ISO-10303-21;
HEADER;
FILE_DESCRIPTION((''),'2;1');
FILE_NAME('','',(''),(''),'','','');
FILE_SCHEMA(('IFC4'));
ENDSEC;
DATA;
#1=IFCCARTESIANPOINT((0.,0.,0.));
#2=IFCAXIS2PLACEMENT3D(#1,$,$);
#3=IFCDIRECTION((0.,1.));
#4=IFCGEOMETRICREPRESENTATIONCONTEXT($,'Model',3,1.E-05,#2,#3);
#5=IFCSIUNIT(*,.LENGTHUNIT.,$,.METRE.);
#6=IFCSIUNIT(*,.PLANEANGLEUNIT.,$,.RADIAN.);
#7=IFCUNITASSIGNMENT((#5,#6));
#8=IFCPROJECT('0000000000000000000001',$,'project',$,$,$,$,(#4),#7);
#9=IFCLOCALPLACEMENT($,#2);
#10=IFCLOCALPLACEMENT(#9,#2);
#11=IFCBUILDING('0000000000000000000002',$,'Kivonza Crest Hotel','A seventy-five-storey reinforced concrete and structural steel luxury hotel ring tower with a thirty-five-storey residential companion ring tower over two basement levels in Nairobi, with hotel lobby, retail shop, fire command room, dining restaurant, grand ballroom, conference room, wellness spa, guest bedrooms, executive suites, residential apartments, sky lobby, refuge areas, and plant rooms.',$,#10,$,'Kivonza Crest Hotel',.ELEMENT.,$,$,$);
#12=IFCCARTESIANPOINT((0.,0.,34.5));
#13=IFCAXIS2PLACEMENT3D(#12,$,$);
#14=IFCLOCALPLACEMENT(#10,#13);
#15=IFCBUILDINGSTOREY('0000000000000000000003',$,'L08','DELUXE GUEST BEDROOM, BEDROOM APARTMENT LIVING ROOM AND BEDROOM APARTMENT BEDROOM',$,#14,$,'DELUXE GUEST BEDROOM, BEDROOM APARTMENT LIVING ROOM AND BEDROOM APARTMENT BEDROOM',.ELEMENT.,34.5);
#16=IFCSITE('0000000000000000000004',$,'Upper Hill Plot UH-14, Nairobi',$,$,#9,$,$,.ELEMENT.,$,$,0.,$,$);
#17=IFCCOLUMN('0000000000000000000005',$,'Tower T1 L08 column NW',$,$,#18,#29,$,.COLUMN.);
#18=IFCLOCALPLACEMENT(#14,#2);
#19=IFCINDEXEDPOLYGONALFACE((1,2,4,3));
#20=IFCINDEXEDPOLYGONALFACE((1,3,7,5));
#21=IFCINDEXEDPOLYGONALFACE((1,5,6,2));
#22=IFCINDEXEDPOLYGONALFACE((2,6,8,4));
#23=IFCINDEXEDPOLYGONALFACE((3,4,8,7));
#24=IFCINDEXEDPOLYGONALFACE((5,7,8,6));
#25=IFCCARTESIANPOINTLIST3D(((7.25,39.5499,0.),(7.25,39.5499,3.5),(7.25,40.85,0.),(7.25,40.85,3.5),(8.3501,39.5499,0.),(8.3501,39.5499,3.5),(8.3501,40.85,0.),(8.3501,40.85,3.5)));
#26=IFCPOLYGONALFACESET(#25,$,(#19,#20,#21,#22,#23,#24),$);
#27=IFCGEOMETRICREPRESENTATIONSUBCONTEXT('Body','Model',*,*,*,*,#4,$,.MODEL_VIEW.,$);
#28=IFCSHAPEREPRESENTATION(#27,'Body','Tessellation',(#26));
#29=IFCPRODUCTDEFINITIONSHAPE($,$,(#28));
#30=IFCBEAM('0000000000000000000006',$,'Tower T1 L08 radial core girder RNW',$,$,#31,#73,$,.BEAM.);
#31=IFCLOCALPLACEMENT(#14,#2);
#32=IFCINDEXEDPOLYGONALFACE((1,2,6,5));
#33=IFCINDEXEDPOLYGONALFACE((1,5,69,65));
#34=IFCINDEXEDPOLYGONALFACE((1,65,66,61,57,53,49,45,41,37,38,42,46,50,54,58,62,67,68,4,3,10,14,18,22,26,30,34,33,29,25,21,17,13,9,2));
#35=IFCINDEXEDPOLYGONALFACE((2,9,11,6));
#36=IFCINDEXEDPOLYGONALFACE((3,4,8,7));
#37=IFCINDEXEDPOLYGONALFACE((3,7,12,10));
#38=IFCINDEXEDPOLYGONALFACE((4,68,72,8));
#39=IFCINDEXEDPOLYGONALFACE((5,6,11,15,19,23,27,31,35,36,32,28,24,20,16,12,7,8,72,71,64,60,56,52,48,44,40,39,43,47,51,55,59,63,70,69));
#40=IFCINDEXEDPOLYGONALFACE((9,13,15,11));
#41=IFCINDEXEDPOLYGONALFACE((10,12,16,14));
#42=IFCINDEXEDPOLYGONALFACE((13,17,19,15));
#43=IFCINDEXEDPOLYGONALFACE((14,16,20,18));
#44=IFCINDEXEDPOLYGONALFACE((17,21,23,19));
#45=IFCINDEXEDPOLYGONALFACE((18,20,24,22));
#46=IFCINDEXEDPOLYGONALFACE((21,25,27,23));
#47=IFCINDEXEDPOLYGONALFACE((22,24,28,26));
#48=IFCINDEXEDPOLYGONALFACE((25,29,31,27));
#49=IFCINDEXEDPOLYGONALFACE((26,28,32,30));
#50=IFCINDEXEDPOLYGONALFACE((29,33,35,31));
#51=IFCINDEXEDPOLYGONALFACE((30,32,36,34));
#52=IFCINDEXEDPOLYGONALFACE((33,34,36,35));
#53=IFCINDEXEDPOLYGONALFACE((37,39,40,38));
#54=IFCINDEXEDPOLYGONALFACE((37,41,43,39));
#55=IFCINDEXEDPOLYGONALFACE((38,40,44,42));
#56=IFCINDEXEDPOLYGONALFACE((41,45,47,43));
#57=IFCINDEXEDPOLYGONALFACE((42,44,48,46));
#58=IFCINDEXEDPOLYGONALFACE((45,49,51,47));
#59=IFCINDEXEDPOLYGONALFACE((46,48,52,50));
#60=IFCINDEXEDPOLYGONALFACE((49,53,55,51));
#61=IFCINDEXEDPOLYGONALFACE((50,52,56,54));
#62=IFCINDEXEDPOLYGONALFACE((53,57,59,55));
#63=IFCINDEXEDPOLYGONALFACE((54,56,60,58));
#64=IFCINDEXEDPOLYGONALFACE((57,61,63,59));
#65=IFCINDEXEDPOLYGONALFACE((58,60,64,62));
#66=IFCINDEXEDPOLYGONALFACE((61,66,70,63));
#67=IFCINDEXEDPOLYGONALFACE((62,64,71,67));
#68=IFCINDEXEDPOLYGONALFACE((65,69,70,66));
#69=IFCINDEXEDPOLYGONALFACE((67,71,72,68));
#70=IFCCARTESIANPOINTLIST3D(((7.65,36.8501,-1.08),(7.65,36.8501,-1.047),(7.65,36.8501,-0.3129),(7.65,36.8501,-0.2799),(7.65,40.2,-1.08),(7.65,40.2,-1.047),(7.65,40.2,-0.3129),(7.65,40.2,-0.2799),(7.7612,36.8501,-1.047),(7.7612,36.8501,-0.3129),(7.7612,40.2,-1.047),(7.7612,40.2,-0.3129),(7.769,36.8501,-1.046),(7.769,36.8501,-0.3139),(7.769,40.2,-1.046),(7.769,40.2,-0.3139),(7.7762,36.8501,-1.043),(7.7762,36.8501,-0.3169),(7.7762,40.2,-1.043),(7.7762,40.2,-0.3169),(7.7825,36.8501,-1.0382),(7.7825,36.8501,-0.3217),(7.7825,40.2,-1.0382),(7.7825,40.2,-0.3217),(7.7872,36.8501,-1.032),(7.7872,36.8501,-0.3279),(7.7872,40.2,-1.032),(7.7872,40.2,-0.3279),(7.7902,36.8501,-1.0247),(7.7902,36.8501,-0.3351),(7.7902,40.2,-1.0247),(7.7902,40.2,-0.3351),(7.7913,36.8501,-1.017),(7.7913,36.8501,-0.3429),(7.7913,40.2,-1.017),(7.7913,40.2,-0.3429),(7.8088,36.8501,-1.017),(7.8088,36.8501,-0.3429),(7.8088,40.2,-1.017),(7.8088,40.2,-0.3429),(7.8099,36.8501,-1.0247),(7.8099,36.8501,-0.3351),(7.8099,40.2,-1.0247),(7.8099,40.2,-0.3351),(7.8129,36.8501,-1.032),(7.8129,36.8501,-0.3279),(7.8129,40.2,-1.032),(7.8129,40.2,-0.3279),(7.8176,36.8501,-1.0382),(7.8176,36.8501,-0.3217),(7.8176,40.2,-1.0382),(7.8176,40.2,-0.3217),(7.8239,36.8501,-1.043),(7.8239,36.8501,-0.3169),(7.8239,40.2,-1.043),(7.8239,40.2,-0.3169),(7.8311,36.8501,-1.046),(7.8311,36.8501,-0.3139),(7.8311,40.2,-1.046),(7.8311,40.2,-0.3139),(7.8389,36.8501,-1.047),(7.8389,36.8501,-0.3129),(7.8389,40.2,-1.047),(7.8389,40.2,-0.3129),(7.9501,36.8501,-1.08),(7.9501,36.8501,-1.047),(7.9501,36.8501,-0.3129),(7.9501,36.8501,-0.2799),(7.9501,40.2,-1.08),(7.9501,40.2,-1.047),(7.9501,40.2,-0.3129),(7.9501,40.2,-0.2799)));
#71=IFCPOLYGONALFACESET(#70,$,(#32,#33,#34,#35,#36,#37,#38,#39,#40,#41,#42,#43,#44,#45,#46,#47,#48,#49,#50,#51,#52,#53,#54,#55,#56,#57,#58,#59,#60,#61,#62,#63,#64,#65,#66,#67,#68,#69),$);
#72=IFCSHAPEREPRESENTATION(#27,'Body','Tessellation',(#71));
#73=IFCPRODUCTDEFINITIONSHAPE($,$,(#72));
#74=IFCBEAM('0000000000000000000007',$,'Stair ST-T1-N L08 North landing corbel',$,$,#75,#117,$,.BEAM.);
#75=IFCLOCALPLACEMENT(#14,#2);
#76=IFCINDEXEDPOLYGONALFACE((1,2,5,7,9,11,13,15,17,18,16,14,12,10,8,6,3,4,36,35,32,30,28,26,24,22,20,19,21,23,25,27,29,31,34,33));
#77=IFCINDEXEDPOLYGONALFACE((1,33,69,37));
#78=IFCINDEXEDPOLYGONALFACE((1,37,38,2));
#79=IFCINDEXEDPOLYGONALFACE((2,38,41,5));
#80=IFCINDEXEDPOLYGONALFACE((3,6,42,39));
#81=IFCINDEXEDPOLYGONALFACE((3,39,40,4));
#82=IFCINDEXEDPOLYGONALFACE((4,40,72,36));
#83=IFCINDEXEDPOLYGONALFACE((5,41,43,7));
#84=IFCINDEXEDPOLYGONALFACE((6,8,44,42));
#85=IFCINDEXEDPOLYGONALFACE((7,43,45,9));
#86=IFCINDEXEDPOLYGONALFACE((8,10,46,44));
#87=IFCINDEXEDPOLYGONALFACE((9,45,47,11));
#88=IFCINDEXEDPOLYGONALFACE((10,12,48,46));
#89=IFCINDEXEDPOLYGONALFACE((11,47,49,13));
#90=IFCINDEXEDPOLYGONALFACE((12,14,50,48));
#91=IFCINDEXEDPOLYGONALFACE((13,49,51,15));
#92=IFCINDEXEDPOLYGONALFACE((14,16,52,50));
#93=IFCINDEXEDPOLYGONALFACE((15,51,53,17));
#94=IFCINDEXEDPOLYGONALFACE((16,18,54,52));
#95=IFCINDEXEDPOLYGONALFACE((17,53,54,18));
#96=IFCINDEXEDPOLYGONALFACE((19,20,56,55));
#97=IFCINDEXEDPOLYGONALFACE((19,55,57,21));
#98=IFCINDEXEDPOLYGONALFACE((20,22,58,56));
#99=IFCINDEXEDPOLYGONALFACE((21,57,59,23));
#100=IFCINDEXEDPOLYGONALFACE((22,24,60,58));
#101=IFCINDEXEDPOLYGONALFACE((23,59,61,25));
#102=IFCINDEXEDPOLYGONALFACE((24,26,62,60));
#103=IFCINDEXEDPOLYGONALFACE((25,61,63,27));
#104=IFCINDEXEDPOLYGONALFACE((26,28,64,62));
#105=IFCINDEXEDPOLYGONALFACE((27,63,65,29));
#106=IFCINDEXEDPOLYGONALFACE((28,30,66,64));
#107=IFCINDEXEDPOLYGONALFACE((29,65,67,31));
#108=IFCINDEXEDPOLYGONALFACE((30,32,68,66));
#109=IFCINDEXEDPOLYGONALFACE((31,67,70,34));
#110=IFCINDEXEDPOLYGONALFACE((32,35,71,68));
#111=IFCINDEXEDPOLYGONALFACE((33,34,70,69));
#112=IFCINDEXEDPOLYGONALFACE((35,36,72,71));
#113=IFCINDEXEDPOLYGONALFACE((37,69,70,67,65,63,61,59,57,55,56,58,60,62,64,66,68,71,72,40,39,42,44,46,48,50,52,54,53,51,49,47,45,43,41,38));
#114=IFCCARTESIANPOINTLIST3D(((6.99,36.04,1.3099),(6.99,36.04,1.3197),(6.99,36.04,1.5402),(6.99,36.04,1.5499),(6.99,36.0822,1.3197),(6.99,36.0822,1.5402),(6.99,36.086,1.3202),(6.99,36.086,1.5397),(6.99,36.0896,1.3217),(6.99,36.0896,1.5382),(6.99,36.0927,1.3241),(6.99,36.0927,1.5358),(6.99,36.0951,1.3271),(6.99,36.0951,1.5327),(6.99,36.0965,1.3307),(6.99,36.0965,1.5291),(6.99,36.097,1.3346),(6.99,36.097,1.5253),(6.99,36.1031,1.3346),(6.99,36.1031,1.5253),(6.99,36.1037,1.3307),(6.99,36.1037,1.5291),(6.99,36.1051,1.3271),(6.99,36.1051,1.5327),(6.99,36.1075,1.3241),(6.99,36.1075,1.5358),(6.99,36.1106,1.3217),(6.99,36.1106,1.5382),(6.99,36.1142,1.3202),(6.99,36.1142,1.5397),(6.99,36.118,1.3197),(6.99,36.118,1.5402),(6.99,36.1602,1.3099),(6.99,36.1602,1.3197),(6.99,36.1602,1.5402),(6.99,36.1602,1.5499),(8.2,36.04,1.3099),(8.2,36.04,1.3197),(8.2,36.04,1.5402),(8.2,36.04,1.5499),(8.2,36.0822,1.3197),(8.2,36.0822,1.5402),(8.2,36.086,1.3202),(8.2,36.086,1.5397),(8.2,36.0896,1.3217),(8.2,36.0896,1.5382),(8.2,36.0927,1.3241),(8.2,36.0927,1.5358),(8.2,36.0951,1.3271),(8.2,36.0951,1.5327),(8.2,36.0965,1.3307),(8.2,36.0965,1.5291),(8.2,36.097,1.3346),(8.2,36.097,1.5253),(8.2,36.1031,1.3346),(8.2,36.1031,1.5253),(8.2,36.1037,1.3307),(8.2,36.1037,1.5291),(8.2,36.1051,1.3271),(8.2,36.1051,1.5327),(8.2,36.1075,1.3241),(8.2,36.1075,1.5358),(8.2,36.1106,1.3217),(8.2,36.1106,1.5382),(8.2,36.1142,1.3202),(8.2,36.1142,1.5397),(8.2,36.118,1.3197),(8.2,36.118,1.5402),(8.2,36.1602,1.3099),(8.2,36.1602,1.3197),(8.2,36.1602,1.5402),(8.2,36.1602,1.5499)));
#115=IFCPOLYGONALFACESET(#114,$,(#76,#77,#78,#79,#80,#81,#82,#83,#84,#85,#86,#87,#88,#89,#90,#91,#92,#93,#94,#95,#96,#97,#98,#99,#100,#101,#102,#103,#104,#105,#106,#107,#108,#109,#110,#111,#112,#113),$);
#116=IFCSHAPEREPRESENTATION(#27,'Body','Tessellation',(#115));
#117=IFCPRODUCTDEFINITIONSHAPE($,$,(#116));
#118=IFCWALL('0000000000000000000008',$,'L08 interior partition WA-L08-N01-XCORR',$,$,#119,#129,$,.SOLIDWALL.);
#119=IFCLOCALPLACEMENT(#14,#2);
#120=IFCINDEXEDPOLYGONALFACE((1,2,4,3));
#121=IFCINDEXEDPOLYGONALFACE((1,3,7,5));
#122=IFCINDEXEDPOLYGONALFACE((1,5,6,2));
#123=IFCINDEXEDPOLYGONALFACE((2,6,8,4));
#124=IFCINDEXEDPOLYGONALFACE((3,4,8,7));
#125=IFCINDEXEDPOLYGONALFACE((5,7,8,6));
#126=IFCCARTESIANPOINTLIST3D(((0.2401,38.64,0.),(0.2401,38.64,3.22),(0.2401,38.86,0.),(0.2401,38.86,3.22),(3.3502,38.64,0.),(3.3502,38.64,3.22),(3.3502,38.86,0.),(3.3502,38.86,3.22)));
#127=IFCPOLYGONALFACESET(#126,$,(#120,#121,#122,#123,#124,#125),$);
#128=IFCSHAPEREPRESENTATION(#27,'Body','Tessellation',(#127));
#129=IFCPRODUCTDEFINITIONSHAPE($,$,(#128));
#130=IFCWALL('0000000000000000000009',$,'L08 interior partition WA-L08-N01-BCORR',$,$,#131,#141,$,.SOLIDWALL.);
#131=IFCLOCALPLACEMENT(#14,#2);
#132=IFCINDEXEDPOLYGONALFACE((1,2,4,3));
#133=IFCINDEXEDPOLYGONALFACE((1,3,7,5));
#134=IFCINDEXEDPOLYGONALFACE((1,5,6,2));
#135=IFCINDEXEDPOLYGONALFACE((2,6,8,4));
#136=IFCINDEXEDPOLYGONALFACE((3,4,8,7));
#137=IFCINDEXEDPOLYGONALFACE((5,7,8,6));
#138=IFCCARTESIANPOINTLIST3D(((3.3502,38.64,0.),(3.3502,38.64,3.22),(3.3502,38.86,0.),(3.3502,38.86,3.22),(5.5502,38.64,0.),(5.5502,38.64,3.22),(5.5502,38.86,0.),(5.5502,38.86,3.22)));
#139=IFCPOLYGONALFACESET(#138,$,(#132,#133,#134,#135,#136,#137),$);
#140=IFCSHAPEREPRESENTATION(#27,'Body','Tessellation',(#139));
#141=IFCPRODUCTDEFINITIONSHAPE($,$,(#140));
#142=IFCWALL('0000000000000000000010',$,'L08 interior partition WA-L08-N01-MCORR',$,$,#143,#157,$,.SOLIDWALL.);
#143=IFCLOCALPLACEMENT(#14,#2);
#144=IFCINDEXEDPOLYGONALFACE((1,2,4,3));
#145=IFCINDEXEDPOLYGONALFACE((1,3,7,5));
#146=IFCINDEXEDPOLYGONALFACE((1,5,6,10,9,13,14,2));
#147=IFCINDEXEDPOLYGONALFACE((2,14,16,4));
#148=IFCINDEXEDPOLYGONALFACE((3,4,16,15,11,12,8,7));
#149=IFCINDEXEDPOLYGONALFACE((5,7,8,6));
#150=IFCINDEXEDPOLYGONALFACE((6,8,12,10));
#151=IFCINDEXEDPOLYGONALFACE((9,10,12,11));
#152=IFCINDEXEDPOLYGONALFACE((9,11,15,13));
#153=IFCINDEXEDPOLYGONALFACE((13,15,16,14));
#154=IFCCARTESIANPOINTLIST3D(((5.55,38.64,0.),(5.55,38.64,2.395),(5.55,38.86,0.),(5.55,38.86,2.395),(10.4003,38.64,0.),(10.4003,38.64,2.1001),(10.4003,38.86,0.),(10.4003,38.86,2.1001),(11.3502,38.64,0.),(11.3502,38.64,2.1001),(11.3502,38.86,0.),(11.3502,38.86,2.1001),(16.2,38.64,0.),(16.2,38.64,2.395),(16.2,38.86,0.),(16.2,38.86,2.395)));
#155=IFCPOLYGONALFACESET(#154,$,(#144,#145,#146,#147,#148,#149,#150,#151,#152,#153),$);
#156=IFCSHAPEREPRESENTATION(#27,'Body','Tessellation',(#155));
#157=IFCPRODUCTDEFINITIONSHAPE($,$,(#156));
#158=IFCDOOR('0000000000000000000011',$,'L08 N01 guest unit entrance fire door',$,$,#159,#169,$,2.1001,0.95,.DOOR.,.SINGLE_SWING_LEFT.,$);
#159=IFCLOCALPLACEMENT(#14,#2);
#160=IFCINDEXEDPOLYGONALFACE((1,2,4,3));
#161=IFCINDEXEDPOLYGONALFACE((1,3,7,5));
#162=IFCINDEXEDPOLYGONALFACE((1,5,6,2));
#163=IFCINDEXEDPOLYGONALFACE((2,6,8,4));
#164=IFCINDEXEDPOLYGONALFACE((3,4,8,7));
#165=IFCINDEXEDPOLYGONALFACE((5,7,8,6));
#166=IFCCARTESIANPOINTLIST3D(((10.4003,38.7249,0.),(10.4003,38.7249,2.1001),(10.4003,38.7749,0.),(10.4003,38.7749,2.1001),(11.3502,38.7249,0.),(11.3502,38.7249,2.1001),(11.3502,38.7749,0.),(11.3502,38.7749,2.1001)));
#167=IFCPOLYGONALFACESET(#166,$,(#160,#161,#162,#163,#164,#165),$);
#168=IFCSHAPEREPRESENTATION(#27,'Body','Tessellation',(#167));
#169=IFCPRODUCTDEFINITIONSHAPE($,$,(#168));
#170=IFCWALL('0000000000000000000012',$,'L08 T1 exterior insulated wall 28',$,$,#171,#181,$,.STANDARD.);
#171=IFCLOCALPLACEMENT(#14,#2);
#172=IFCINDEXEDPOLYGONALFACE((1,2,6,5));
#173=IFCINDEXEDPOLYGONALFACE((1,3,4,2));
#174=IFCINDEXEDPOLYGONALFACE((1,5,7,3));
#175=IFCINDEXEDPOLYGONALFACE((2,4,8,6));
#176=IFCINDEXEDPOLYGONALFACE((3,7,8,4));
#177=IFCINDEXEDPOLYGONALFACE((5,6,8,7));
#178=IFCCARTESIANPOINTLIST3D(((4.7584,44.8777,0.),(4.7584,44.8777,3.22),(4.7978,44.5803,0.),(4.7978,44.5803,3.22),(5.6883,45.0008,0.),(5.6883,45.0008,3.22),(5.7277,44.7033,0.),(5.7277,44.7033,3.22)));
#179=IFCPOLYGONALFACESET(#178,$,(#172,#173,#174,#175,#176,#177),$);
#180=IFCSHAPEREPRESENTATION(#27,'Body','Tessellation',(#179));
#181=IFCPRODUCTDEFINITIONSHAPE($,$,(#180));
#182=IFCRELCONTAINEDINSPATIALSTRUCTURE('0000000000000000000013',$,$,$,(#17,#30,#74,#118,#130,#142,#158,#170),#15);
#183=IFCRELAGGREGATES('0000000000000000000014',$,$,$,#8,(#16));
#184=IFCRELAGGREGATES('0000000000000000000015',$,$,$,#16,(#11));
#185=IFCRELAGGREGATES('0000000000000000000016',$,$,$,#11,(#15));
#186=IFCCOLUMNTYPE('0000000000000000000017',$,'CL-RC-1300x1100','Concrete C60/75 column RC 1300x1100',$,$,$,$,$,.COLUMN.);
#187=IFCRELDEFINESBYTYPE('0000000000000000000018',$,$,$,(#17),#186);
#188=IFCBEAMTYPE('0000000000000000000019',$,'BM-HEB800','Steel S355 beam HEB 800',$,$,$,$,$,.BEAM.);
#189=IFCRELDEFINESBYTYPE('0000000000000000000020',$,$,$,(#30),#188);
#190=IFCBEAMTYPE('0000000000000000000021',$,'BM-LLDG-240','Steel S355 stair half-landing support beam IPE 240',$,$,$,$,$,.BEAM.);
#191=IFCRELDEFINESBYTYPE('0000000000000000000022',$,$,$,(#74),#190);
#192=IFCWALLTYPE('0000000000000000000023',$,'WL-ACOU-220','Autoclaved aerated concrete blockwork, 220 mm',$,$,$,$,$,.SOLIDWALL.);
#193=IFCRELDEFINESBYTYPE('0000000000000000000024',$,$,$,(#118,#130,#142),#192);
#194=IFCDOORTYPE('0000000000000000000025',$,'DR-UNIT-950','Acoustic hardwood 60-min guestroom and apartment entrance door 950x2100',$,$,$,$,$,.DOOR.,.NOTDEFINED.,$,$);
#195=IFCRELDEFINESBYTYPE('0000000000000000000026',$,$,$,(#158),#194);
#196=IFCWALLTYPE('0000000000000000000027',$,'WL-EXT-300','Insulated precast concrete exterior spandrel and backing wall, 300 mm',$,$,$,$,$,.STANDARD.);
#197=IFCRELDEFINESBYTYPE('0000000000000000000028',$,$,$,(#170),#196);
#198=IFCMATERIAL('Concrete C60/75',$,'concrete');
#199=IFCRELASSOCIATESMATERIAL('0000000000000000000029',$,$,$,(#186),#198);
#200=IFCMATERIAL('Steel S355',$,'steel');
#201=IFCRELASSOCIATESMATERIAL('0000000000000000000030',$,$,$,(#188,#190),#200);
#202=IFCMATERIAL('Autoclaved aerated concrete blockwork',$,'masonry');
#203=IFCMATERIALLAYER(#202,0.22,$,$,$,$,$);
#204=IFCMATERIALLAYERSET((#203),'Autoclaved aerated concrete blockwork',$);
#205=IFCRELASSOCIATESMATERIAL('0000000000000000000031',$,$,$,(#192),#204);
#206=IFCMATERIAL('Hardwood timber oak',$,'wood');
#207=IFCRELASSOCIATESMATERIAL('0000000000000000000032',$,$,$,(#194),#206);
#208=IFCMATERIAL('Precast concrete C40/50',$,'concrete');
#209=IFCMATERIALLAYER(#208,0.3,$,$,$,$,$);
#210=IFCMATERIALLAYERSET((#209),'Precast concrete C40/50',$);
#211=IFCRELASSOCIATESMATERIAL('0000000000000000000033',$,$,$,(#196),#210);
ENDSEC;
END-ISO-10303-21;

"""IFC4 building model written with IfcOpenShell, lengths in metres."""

from ifc_helpers import new_model, si_unit, direction, frame, frame_2d, origin, origin_2d, place, context, subcontext, project, spatial, rectangle, i_section, extrude, material, layer, layer_set, material_profile, profile_set, type_object, element, fill, save


model = new_model("IFC4")

# Units and contexts
model_context = context("Model", 3, precision=1e-05, world=origin(), true_north=direction((0.0, 1.0)))
body_context = subcontext(model_context, "Body", "Model", "MODEL_VIEW")
ifc_project = project(units=[si_unit("LENGTHUNIT", "METRE"), si_unit("PLANEANGLEUNIT", "RADIAN")], contexts=[model_context])

# Site, building, storey
site_placement = place(None, origin())
site = spatial("IfcSite", under=ifc_project, at=site_placement, Name="Upper Hill Plot UH-14, Nairobi", CompositionType="ELEMENT", RefElevation=0.0)
building_placement = place(site_placement, origin())
building = spatial("IfcBuilding", under=site, at=building_placement, Name="Kivonza Crest Hotel", Description="A seventy-five-storey reinforced concrete and structural steel luxury hotel ring tower with a thirty-five-storey residential companion ring tower over two basement levels in Nairobi, with hotel lobby, retail shop, fire command room, dining restaurant, grand ballroom, conference room, wellness spa, guest bedrooms, executive suites, residential apartments, sky lobby, refuge areas, and plant rooms.", LongName="Kivonza Crest Hotel", CompositionType="ELEMENT")
storey_placement = place(building_placement, frame((0.0, 0.0, 34.5)))
storey = spatial("IfcBuildingStorey", under=building, at=storey_placement, Name="L08", Description="DELUXE GUEST BEDROOM, BEDROOM APARTMENT LIVING ROOM AND BEDROOM APARTMENT BEDROOM", LongName="DELUXE GUEST BEDROOM, BEDROOM APARTMENT LIVING ROOM AND BEDROOM APARTMENT BEDROOM", CompositionType="ELEMENT", Elevation=34.5)

# Column
ifc_material_1 = material(Name="Concrete C60/75", Category="concrete")
ifc_material_profile_1 = material_profile(ifc_material_1, rectangle(XDim=1.1001, YDim=1.3, at=origin_2d()), Name="RC 1300x1100")
ifc_profile_set_1 = profile_set([ifc_material_profile_1], Name="Concrete C60/75")
column_type = type_object("IfcColumnType", Name="CL-RC-1300x1100", Description="Concrete C60/75 column RC 1300x1100", PredefinedType="COLUMN", material=ifc_profile_set_1)
column_placement = place(storey_placement, frame((7.8, 40.2, 0.0), z_axis=(0.0, 0.0, 1.0), x_axis=(1.0, 0.0, 0.0)))
element("IfcColumn", 1, at=column_placement, inside=storey, type_object=column_type, Name="Tower T1 L08 column NW", PredefinedType="COLUMN", context=body_context, shape_type="SweptSolid", body=[
    extrude(rectangle(XDim=1.1001, YDim=1.3, at=origin_2d()), origin(), (0.0, 0.0, 1.0), 3.5),
])

# Beams
ifc_material_2 = material(Name="Steel S355", Category="steel")
ifc_material_profile_2 = material_profile(ifc_material_2, i_section(OverallWidth=0.3, OverallDepth=0.8, WebThickness=0.0176, FlangeThickness=0.033, FilletRadius=0.03, at=origin_2d()), Name="HEB 800")
ifc_profile_set_2 = profile_set([ifc_material_profile_2], Name="Steel S355")
beam_type_1 = type_object("IfcBeamType", Name="BM-HEB800", Description="Steel S355 beam HEB 800", PredefinedType="BEAM", material=ifc_profile_set_2)
beam_1_placement = place(storey_placement, frame((7.8, 40.2, -0.6799), z_axis=(0.0, -1.0, 0.0), x_axis=(1.0, 0.0, 0.0)))
element("IfcBeam", 2, at=beam_1_placement, inside=storey, type_object=beam_type_1, Name="Tower T1 L08 radial core girder RNW", PredefinedType="BEAM", context=body_context, shape_type="SweptSolid", body=[
    extrude(i_section(OverallWidth=0.3, OverallDepth=0.8, WebThickness=0.0176, FlangeThickness=0.033, FilletRadius=0.03, at=origin_2d()), origin(), (0.0, 0.0, 1.0), 3.3499),
])
ifc_material_profile_3 = material_profile(ifc_material_2, i_section(OverallWidth=0.1201, OverallDepth=0.24, WebThickness=0.0061, FlangeThickness=0.0098, FilletRadius=0.0149, at=origin_2d()), Name="IPE 240")
ifc_profile_set_3 = profile_set([ifc_material_profile_3], Name="Steel S355")
beam_type_2 = type_object("IfcBeamType", Name="BM-LLDG-240", Description="Steel S355 stair half-landing support beam IPE 240", PredefinedType="BEAM", material=ifc_profile_set_3)
beam_2_placement = place(storey_placement, frame((6.99, 36.1001, 1.4299), z_axis=(1.0, 0.0, 0.0), x_axis=(0.0, 1.0, 0.0)))
element("IfcBeam", 3, at=beam_2_placement, inside=storey, type_object=beam_type_2, Name="Stair ST-T1-N L08 North landing corbel", PredefinedType="BEAM", context=body_context, shape_type="SweptSolid", body=[
    extrude(i_section(OverallWidth=0.1201, OverallDepth=0.24, WebThickness=0.0061, FlangeThickness=0.0098, FilletRadius=0.0149, at=origin_2d()), origin(), (0.0, 0.0, 1.0), 1.21),
])

# Walls
ifc_material_3 = material(Name="Autoclaved aerated concrete blockwork", Category="masonry")
ifc_layer_1 = layer(ifc_material_3, 0.22)
ifc_layer_set_1 = layer_set([ifc_layer_1], Name="Autoclaved aerated concrete blockwork")
wall_type_1 = type_object("IfcWallType", Name="WL-ACOU-220", Description="Autoclaved aerated concrete blockwork, 220 mm", PredefinedType="SOLIDWALL", material=ifc_layer_set_1)
wall_1_placement = place(storey_placement, frame((0.24, 38.75, 0.0), z_axis=(0.0, 0.0, 1.0), x_axis=(1.0, 0.0, 0.0)))
element("IfcWall", 4, at=wall_1_placement, inside=storey, type_object=wall_type_1, Name="L08 interior partition WA-L08-N01-XCORR", PredefinedType="SOLIDWALL", context=body_context, shape_type="SweptSolid", body=[
    extrude(rectangle(XDim=3.1101, YDim=0.22, at=frame_2d((1.5552, 0.0))), origin(), (0.0, 0.0, 1.0), 3.22),
])
wall_2_placement = place(storey_placement, frame((3.3501, 38.75, 0.0), z_axis=(0.0, 0.0, 1.0), x_axis=(1.0, 0.0, 0.0)))
element("IfcWall", 5, at=wall_2_placement, inside=storey, type_object=wall_type_1, Name="L08 interior partition WA-L08-N01-BCORR", PredefinedType="SOLIDWALL", context=body_context, shape_type="SweptSolid", body=[
    extrude(rectangle(XDim=2.2, YDim=0.22, at=frame_2d((1.1001, 0.0))), origin(), (0.0, 0.0, 1.0), 3.22),
])

# Wall, opening, door
wall_3_placement = place(storey_placement, frame((5.55, 38.75, 0.0), z_axis=(0.0, 0.0, 1.0), x_axis=(1.0, 0.0, 0.0)))
wall_3 = element("IfcWall", 6, at=wall_3_placement, inside=storey, type_object=wall_type_1, Name="L08 interior partition WA-L08-N01-MCORR", PredefinedType="SOLIDWALL", context=body_context, shape_type="SweptSolid", body=[
    extrude(rectangle(XDim=10.6499, YDim=0.22, at=frame_2d((5.325, 0.0))), origin(), (0.0, 0.0, 1.0), 2.395),
])
opening_1_placement = place(wall_3_placement, frame((4.8501, 0.0, 0.0)))
opening_1 = element("IfcOpeningElement", 7, at=opening_1_placement, cuts=wall_3, PredefinedType="OPENING", context=body_context, shape_type="SweptSolid", body=[
    extrude(rectangle(XDim=0.95, YDim=2.1001, at=frame_2d((0.4751, 1.05))), frame((0.0, 0.1201, 0.0), z_axis=(0.0, -1.0, 0.0), x_axis=(1.0, 0.0, 0.0)), (0.0, 0.0, 1.0), 0.24),
])
ifc_material_4 = material(Name="Hardwood timber oak", Category="wood")
door_type_1 = type_object("IfcDoorType", Name="DR-UNIT-950", Description="Acoustic hardwood 60-min guestroom and apartment entrance door 950x2100", OperationType="NOTDEFINED", PredefinedType="DOOR", material=ifc_material_4)
door_1_placement = place(opening_1_placement, origin())
door_1 = element("IfcDoor", 8, at=door_1_placement, inside=storey, type_object=door_type_1, Name="L08 N01 guest unit entrance fire door", OperationType="SINGLE_SWING_LEFT", OverallHeight=2.1001, OverallWidth=0.95, PredefinedType="DOOR", context=body_context, shape_type="SweptSolid", body=[
    extrude(rectangle(XDim=0.95, YDim=2.1001, at=frame_2d((0.4751, 1.05))), frame((0.0, 0.0249, 0.0), z_axis=(0.0, -1.0, 0.0), x_axis=(1.0, 0.0, 0.0)), (0.0, 0.0, 1.0), 0.05),
])
fill(opening_1, door_1)

# Wall
ifc_material_5 = material(Name="Precast concrete C40/50", Category="concrete")
ifc_layer_2 = layer(ifc_material_5, 0.3)
ifc_layer_set_2 = layer_set([ifc_layer_2], Name="Precast concrete C40/50")
wall_type_2 = type_object("IfcWallType", Name="WL-EXT-300", Description="Insulated precast concrete exterior spandrel and backing wall, 300 mm", PredefinedType="STANDARD", material=ifc_layer_set_2)
wall_4_placement = place(storey_placement, frame((5.708, 44.8521, 0.0), z_axis=(0.0, 0.0, 1.0), x_axis=(-0.991359, -0.131175, 0.0)))
element("IfcWall", 9, at=wall_4_placement, inside=storey, type_object=wall_type_2, Name="L08 T1 exterior insulated wall 28", PredefinedType="STANDARD", context=body_context, shape_type="SweptSolid", body=[
    extrude(rectangle(XDim=0.938, YDim=0.3, at=frame_2d((0.469, 0.0))), origin(), (0.0, 0.0, 1.0), 3.22),
])

save(model, "model.ifc")
